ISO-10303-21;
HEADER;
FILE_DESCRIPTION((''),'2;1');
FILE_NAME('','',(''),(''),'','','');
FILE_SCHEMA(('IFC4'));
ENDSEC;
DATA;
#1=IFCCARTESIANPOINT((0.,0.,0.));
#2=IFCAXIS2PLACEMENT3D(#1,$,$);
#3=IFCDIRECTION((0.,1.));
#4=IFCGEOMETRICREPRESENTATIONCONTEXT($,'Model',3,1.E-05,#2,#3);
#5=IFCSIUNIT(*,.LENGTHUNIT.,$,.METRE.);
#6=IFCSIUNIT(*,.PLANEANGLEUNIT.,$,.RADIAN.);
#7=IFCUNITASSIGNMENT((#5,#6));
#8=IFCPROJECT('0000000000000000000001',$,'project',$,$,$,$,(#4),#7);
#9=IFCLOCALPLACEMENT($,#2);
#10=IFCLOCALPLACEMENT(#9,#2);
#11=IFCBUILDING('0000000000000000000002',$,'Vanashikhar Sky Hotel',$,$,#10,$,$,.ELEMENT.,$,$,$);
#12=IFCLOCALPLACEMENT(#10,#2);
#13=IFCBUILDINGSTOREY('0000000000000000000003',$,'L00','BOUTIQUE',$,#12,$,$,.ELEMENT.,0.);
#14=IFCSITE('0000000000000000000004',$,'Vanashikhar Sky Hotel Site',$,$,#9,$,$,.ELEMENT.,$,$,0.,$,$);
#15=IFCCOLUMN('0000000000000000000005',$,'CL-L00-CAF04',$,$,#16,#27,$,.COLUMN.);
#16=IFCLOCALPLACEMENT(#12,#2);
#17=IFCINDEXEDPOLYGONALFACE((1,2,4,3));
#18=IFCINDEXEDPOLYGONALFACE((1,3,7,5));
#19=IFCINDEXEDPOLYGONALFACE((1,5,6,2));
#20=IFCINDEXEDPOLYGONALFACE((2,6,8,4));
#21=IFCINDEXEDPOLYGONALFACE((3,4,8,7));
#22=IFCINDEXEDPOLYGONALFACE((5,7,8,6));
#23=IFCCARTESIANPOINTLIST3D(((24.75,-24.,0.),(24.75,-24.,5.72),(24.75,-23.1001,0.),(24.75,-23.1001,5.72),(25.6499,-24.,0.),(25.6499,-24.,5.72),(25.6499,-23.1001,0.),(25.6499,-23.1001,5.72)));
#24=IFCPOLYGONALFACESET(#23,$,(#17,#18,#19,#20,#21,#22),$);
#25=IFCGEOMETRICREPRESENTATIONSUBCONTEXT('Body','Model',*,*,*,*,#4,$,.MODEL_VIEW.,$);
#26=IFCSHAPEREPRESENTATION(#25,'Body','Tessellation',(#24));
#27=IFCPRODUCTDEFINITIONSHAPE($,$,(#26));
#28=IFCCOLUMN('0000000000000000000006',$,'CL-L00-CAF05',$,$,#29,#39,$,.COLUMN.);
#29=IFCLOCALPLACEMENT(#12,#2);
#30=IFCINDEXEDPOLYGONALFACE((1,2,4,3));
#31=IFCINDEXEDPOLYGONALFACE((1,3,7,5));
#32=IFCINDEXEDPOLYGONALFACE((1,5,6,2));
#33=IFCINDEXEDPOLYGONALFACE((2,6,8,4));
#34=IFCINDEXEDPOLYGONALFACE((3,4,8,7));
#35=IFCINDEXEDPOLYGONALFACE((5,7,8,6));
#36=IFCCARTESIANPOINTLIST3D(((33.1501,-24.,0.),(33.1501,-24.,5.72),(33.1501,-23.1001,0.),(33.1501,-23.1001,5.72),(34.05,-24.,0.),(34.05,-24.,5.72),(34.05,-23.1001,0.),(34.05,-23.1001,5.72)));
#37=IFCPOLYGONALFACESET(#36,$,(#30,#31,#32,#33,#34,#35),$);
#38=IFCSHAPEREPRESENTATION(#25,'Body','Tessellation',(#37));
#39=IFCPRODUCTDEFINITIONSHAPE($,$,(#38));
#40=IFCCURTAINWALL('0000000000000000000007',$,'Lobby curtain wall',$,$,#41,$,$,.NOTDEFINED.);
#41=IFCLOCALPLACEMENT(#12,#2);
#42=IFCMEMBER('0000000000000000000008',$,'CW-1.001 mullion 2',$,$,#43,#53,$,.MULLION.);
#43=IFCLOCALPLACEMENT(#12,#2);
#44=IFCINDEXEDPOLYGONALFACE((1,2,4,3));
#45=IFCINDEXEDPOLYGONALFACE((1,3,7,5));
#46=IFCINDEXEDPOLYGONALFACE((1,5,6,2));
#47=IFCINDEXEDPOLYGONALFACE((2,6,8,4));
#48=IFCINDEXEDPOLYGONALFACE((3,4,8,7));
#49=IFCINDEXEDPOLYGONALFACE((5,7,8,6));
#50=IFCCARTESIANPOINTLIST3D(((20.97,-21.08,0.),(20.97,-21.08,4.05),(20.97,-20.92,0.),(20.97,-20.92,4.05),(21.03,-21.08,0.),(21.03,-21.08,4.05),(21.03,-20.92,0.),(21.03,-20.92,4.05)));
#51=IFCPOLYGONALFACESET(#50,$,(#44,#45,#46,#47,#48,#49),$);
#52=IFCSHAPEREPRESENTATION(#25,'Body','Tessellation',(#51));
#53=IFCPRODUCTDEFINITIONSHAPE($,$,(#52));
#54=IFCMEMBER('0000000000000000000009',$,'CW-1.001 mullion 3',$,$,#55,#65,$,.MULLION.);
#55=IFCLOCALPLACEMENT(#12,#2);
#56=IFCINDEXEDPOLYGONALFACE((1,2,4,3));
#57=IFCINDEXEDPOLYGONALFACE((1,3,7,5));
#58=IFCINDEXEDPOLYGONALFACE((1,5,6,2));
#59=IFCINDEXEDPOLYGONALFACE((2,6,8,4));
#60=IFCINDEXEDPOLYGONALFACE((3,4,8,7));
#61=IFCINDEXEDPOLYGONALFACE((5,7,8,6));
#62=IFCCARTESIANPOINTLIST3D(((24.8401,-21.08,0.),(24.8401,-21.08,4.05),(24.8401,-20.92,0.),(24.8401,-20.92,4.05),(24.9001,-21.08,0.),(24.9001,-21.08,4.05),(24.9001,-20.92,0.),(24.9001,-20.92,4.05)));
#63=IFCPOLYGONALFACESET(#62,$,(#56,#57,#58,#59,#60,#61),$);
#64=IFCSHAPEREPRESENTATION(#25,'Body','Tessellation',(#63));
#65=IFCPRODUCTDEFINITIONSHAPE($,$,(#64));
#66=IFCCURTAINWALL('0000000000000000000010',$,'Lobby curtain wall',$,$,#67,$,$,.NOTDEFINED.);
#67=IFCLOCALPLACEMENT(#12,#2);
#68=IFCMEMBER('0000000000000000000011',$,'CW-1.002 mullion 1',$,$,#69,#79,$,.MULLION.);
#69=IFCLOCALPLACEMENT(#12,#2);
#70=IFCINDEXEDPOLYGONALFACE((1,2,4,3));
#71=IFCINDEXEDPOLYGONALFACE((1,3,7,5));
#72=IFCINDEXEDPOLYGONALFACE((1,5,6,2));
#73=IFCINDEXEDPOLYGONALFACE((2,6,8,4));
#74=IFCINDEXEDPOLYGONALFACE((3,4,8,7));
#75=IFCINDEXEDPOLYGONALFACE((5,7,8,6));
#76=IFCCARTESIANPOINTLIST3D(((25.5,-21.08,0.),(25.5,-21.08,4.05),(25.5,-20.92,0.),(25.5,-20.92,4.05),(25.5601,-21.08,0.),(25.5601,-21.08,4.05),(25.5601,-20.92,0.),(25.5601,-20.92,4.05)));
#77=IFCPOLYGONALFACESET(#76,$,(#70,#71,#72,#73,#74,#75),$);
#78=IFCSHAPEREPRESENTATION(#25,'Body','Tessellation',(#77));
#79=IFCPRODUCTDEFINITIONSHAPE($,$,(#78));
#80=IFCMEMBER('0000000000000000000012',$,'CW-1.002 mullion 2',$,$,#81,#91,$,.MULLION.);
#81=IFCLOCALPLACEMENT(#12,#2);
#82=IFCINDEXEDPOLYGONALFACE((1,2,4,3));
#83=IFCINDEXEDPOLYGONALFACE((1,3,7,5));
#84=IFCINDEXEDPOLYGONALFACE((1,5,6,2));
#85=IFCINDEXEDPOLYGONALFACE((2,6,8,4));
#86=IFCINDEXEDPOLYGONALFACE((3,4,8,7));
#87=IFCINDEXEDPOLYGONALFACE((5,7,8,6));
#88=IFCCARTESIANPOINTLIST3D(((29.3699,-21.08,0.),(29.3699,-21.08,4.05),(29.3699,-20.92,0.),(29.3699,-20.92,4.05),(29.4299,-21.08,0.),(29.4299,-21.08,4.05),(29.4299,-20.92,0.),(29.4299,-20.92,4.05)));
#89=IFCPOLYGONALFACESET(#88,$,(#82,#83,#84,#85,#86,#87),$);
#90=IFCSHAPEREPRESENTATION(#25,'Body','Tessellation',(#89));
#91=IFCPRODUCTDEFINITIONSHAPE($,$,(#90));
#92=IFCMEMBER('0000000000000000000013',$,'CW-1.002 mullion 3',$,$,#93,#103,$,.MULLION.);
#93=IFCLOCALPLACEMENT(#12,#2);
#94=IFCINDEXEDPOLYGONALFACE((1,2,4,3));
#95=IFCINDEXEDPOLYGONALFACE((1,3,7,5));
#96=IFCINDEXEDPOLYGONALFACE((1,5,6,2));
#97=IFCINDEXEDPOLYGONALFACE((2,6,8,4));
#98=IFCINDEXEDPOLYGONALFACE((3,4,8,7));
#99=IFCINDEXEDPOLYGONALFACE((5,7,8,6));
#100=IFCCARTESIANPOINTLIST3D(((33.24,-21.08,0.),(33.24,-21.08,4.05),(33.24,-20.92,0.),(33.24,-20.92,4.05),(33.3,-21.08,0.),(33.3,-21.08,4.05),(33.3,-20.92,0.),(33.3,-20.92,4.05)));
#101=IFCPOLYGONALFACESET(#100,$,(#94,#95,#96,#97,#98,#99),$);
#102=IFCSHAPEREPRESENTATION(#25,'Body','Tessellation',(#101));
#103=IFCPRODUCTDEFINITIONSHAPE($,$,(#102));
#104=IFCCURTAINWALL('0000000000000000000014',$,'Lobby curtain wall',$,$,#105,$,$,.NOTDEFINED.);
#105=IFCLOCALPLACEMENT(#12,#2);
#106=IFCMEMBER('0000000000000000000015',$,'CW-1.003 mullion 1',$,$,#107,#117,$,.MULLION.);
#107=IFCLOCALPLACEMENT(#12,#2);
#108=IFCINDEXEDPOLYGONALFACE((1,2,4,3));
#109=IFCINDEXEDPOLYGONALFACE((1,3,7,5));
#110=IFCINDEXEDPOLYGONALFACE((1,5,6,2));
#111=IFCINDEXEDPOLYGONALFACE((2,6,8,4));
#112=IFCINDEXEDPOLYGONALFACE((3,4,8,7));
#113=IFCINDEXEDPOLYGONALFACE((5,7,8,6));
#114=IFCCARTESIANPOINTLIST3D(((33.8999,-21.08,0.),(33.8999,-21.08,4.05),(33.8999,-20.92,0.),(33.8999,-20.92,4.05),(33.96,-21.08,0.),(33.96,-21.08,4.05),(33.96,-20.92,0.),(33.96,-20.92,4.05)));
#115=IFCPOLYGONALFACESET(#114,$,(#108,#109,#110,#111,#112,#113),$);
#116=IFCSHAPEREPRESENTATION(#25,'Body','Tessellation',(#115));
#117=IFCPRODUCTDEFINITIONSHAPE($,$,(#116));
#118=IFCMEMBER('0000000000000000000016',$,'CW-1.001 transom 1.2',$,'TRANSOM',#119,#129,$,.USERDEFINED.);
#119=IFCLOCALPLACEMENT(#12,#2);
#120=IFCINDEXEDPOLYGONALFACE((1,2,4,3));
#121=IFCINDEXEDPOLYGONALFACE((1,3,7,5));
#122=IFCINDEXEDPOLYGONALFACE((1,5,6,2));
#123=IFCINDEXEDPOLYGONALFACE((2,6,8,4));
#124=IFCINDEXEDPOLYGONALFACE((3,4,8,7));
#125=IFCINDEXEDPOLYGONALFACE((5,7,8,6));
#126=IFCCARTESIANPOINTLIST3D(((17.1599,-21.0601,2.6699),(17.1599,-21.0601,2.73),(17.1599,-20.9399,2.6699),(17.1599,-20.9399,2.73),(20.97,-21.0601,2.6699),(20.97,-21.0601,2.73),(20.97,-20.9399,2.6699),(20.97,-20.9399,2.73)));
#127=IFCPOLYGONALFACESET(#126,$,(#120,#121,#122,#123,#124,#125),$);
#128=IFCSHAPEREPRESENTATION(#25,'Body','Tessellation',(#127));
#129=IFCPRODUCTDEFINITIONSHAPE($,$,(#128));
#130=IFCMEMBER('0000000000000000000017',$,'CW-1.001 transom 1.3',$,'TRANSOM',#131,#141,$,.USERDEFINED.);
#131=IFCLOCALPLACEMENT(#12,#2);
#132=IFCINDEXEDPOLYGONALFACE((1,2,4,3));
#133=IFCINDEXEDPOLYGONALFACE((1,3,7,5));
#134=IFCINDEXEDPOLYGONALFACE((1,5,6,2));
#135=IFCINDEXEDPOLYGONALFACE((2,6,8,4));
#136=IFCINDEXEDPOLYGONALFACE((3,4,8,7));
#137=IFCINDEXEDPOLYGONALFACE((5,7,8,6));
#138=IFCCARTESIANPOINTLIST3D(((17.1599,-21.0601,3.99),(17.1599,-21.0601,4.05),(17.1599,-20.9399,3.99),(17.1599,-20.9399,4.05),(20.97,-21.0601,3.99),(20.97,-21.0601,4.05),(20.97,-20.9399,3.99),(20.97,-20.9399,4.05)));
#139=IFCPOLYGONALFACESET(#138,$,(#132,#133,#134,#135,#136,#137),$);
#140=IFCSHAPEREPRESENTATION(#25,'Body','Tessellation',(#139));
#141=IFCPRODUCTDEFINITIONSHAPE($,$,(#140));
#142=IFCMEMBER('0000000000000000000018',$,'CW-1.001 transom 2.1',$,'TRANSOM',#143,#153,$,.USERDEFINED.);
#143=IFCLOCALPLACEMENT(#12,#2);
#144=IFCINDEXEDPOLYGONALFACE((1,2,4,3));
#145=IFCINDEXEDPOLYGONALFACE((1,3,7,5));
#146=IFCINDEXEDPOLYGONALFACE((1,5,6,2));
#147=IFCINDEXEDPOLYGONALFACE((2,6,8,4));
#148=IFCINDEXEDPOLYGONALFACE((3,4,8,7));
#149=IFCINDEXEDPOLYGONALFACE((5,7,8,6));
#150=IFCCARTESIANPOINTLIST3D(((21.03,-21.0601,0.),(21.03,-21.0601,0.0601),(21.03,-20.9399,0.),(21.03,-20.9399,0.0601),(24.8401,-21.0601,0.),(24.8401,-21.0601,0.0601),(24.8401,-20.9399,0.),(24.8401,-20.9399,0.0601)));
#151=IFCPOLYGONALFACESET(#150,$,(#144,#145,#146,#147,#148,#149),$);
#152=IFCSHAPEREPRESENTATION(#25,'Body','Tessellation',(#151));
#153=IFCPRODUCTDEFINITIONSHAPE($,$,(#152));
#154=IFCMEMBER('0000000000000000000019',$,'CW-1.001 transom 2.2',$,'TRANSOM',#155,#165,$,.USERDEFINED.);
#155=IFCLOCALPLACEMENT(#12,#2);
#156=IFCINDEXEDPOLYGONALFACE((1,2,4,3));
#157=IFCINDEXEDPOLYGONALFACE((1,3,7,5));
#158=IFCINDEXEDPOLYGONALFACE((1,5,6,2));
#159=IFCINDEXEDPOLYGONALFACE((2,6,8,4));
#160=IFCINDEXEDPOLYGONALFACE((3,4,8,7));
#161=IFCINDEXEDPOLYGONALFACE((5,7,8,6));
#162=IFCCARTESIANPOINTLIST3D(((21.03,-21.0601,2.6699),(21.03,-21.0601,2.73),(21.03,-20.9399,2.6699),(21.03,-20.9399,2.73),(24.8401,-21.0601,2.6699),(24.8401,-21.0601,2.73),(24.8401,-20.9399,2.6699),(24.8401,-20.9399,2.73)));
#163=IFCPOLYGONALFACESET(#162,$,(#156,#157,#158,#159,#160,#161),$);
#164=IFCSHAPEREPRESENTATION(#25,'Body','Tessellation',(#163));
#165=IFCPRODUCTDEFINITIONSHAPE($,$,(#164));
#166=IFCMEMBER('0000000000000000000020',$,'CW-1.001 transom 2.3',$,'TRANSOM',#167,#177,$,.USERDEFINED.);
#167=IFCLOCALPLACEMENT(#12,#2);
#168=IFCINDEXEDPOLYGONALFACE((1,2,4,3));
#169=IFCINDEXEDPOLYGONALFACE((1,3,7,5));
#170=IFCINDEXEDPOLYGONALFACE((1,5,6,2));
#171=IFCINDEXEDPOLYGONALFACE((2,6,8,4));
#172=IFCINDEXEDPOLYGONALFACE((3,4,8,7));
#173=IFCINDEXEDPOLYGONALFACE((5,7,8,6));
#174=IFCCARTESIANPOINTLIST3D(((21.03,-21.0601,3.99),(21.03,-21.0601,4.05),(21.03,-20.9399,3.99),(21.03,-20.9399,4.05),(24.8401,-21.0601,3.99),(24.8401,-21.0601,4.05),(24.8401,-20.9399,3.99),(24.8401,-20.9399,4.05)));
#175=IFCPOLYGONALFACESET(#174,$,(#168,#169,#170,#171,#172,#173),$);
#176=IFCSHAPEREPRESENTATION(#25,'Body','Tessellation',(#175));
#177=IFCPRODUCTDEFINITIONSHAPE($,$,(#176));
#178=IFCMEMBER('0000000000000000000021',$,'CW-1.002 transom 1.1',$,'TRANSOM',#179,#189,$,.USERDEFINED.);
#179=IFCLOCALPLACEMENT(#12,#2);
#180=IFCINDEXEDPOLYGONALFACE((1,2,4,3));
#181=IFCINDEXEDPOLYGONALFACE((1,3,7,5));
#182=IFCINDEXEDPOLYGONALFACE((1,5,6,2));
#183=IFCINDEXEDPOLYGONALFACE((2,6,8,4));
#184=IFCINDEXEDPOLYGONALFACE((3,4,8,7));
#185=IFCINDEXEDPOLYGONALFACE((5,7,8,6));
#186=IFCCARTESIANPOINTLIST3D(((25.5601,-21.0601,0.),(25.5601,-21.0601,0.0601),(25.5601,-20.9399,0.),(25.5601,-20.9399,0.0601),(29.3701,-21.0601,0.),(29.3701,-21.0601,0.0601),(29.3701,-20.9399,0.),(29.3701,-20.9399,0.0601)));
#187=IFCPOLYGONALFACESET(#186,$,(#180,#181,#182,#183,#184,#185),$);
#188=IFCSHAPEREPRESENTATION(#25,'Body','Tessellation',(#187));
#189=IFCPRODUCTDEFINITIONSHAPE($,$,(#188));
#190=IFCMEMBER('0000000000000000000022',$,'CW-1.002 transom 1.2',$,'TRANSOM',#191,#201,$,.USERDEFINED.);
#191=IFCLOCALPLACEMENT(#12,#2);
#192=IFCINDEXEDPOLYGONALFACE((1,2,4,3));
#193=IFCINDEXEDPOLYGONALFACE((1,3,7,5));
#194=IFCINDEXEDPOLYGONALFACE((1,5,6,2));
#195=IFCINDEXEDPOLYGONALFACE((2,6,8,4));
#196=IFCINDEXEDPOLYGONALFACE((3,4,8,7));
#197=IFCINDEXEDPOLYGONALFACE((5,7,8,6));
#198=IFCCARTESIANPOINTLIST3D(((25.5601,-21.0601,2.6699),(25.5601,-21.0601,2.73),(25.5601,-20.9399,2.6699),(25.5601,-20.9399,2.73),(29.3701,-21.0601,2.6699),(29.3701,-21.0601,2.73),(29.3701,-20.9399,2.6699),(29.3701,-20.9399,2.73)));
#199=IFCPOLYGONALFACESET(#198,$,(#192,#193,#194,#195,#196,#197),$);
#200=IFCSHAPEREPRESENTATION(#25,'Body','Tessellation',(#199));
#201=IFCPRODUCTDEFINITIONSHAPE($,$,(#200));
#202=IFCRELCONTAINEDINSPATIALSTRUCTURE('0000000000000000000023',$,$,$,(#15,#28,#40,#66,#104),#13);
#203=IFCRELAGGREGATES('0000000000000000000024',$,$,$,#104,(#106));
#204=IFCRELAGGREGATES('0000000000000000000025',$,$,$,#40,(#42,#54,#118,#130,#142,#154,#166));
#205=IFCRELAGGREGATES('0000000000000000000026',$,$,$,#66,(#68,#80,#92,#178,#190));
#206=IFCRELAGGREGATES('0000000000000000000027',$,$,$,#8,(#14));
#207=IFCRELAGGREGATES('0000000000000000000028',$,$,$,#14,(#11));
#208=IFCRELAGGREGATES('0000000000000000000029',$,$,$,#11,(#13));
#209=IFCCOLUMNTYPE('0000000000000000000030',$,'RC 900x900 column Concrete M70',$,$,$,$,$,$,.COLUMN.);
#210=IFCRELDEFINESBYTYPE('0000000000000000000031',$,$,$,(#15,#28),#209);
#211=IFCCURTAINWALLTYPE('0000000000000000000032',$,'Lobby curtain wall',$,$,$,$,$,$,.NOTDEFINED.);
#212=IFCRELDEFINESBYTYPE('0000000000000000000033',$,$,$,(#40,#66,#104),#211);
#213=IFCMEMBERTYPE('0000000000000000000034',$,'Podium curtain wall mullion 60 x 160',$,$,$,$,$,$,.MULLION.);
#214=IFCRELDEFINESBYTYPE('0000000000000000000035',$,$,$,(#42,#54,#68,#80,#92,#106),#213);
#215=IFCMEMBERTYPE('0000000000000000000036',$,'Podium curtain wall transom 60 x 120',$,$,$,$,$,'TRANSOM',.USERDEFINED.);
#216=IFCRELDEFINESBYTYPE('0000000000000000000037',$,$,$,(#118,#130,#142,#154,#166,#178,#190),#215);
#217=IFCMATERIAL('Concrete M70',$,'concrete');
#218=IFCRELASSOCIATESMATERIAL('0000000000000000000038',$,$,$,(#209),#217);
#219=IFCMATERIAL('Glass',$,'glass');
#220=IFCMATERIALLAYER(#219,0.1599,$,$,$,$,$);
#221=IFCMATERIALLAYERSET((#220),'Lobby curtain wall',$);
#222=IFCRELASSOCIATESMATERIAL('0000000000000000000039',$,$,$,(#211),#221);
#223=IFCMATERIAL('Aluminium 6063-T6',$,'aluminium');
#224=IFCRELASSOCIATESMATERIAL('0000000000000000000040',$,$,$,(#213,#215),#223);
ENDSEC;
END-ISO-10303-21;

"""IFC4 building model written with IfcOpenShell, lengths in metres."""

from ifc_helpers import new_model, si_unit, direction, frame, origin, origin_2d, place, context, subcontext, project, spatial, rectangle, extrude, source, transform, mapped, material, layer, layer_set, material_profile, profile_set, type_object, element, aggregate, save


model = new_model("IFC4")

# Units and contexts
model_context = context("Model", 3, precision=1e-05, world=origin(), true_north=direction((0.0, 1.0)))
body_context = subcontext(model_context, "Body", "Model", "MODEL_VIEW")
ifc_project = project(units=[si_unit("LENGTHUNIT", "METRE"), si_unit("PLANEANGLEUNIT", "RADIAN")], contexts=[model_context])

# Site, building, storey
site_placement = place(None, origin())
site = spatial("IfcSite", under=ifc_project, at=site_placement, Name="Vanashikhar Sky Hotel Site", CompositionType="ELEMENT", RefElevation=0.0)
building_placement = place(site_placement, origin())
building = spatial("IfcBuilding", under=site, at=building_placement, Name="Vanashikhar Sky Hotel", CompositionType="ELEMENT")
storey_placement = place(building_placement, origin())
storey = spatial("IfcBuildingStorey", under=building, at=storey_placement, Name="L00", Description="BOUTIQUE", CompositionType="ELEMENT", Elevation=0.0)

# Columns
ifc_material_1 = material(Name="Concrete M70", Category="concrete")
ifc_material_profile_1 = material_profile(ifc_material_1, rectangle(XDim=0.8999, YDim=0.8999, at=origin_2d()))
ifc_profile_set_1 = profile_set([ifc_material_profile_1], Name="RC 900x900 column Concrete M70")
column_type = type_object("IfcColumnType", Name="RC 900x900 column Concrete M70", PredefinedType="COLUMN", material=ifc_profile_set_1)
shared_shape_1 = source(origin(), body_context, "Body", "SweptSolid", [
    extrude(rectangle(XDim=0.8999, YDim=0.8999, at=origin_2d()), origin(), (0.0, 0.0, 1.0), 5.72),
])
for number, where, z_axis, x_axis, name in (
    (1, (25.2, -23.55, 0.0), (0.0, 0.0, 1.0), (1.0, 0.0, 0.0), "CL-L00-CAF04"),
    (2, (33.6001, -23.55, 0.0), (0.0, 0.0, 1.0), (1.0, 0.0, 0.0), "CL-L00-CAF05"),
):
    element("IfcColumn", number, at=place(storey_placement, frame(where, z_axis=z_axis, x_axis=x_axis)), inside=storey, type_object=column_type, Name=name, PredefinedType="COLUMN", context=body_context, shape_type="MappedRepresentation", body=[
        mapped(shared_shape_1, transform((0.0, 0.0, 0.0), scale=1.0)),
    ])

# Curtain walls, members
ifc_material_2 = material(Name="Glass", Category="glass")
ifc_layer_1 = layer(ifc_material_2, 0.1599)
ifc_layer_set_1 = layer_set([ifc_layer_1], Name="Lobby curtain wall")
curtain_wall_type = type_object("IfcCurtainWallType", Name="Lobby curtain wall", PredefinedType="NOTDEFINED", material=ifc_layer_set_1)
curtain_wall_1_placement = place(storey_placement, origin())
curtain_wall_1 = element("IfcCurtainWall", 3, at=curtain_wall_1_placement, inside=storey, type_object=curtain_wall_type, Name="Lobby curtain wall", PredefinedType="NOTDEFINED")
ifc_material_3 = material(Name="Aluminium 6063-T6", Category="aluminium")
ifc_material_profile_2 = material_profile(ifc_material_3, rectangle(XDim=0.1599, YDim=0.0601, at=origin_2d()))
ifc_profile_set_2 = profile_set([ifc_material_profile_2], Name="Aluminium 6063-T6")
member_type_1 = type_object("IfcMemberType", Name="Podium curtain wall mullion 60 x 160", PredefinedType="MULLION", material=ifc_profile_set_2)
shared_shape_2 = source(origin(), body_context, "Body", "SweptSolid", [
    extrude(rectangle(XDim=0.1599, YDim=0.0601, at=origin_2d()), origin(), (0.0, 0.0, 1.0), 4.05),
])
member_1_placement = place(storey_placement, frame((21.0, -21.0, 0.0), z_axis=(0.0, 0.0, 1.0), x_axis=(0.0, 1.0, 0.0)))
member_1 = element("IfcMember", 4, at=member_1_placement, type_object=member_type_1, Name="CW-1.001 mullion 2", PredefinedType="MULLION", context=body_context, shape_type="MappedRepresentation", body=[
    mapped(shared_shape_2, transform((0.0, 0.0, 0.0), scale=1.0)),
])
member_2_placement = place(storey_placement, frame((24.8701, -21.0, 0.0), z_axis=(0.0, 0.0, 1.0), x_axis=(0.0, 1.0, 0.0)))
member_2 = element("IfcMember", 5, at=member_2_placement, type_object=member_type_1, Name="CW-1.001 mullion 3", PredefinedType="MULLION", context=body_context, shape_type="MappedRepresentation", body=[
    mapped(shared_shape_2, transform((0.0, 0.0, 0.0), scale=1.0)),
])
curtain_wall_2_placement = place(storey_placement, origin())
curtain_wall_2 = element("IfcCurtainWall", 6, at=curtain_wall_2_placement, inside=storey, type_object=curtain_wall_type, Name="Lobby curtain wall", PredefinedType="NOTDEFINED")
member_3_placement = place(storey_placement, frame((25.53, -21.0, 0.0), z_axis=(0.0, 0.0, 1.0), x_axis=(0.0, 1.0, 0.0)))
member_3 = element("IfcMember", 7, at=member_3_placement, type_object=member_type_1, Name="CW-1.002 mullion 1", PredefinedType="MULLION", context=body_context, shape_type="MappedRepresentation", body=[
    mapped(shared_shape_2, transform((0.0, 0.0, 0.0), scale=1.0)),
])
member_4_placement = place(storey_placement, frame((29.3999, -21.0, 0.0), z_axis=(0.0, 0.0, 1.0), x_axis=(0.0, 1.0, 0.0)))
member_4 = element("IfcMember", 8, at=member_4_placement, type_object=member_type_1, Name="CW-1.002 mullion 2", PredefinedType="MULLION", context=body_context, shape_type="MappedRepresentation", body=[
    mapped(shared_shape_2, transform((0.0, 0.0, 0.0), scale=1.0)),
])
member_5_placement = place(storey_placement, frame((33.27, -21.0, 0.0), z_axis=(0.0, 0.0, 1.0), x_axis=(0.0, 1.0, 0.0)))
member_5 = element("IfcMember", 9, at=member_5_placement, type_object=member_type_1, Name="CW-1.002 mullion 3", PredefinedType="MULLION", context=body_context, shape_type="MappedRepresentation", body=[
    mapped(shared_shape_2, transform((0.0, 0.0, 0.0), scale=1.0)),
])

# Curtain wall, member
curtain_wall_3_placement = place(storey_placement, origin())
curtain_wall_3 = element("IfcCurtainWall", 10, at=curtain_wall_3_placement, inside=storey, type_object=curtain_wall_type, Name="Lobby curtain wall", PredefinedType="NOTDEFINED")
member_6_placement = place(storey_placement, frame((33.9299, -21.0, 0.0), z_axis=(0.0, 0.0, 1.0), x_axis=(0.0, 1.0, 0.0)))
member_6 = element("IfcMember", 11, at=member_6_placement, type_object=member_type_1, Name="CW-1.003 mullion 1", PredefinedType="MULLION", context=body_context, shape_type="MappedRepresentation", body=[
    mapped(shared_shape_2, transform((0.0, 0.0, 0.0), scale=1.0)),
])

# Members
ifc_material_profile_3 = material_profile(ifc_material_3, rectangle(XDim=0.1201, YDim=0.0601, at=origin_2d()))
ifc_profile_set_3 = profile_set([ifc_material_profile_3], Name="Aluminium 6063-T6")
member_type_2 = type_object("IfcMemberType", Name="Podium curtain wall transom 60 x 120", ElementType="TRANSOM", PredefinedType="USERDEFINED", material=ifc_profile_set_3)
shared_shape_3 = source(origin(), body_context, "Body", "SweptSolid", [
    extrude(rectangle(XDim=0.1201, YDim=0.0601, at=origin_2d()), origin(), (0.0, 0.0, 1.0), 3.8101),
])
member_7_placement = place(storey_placement, frame((17.1599, -21.0, 2.7), z_axis=(1.0, 0.0, 0.0), x_axis=(0.0, 1.0, 0.0)))
member_7 = element("IfcMember", 12, at=member_7_placement, type_object=member_type_2, Name="CW-1.001 transom 1.2", ObjectType="TRANSOM", PredefinedType="USERDEFINED", context=body_context, shape_type="MappedRepresentation", body=[
    mapped(shared_shape_3, transform((0.0, 0.0, 0.0), scale=1.0)),
])
member_8_placement = place(storey_placement, frame((17.1599, -21.0, 4.02), z_axis=(1.0, 0.0, 0.0), x_axis=(0.0, 1.0, 0.0)))
member_8 = element("IfcMember", 13, at=member_8_placement, type_object=member_type_2, Name="CW-1.001 transom 1.3", ObjectType="TRANSOM", PredefinedType="USERDEFINED", context=body_context, shape_type="MappedRepresentation", body=[
    mapped(shared_shape_3, transform((0.0, 0.0, 0.0), scale=1.0)),
])
member_9_placement = place(storey_placement, frame((21.03, -21.0, 0.03), z_axis=(1.0, 0.0, 0.0), x_axis=(0.0, 1.0, 0.0)))
member_9 = element("IfcMember", 14, at=member_9_placement, type_object=member_type_2, Name="CW-1.001 transom 2.1", ObjectType="TRANSOM", PredefinedType="USERDEFINED", context=body_context, shape_type="MappedRepresentation", body=[
    mapped(shared_shape_3, transform((0.0, 0.0, 0.0), scale=1.0)),
])
member_10_placement = place(storey_placement, frame((21.03, -21.0, 2.7), z_axis=(1.0, 0.0, 0.0), x_axis=(0.0, 1.0, 0.0)))
member_10 = element("IfcMember", 15, at=member_10_placement, type_object=member_type_2, Name="CW-1.001 transom 2.2", ObjectType="TRANSOM", PredefinedType="USERDEFINED", context=body_context, shape_type="MappedRepresentation", body=[
    mapped(shared_shape_3, transform((0.0, 0.0, 0.0), scale=1.0)),
])
member_11_placement = place(storey_placement, frame((21.03, -21.0, 4.02), z_axis=(1.0, 0.0, 0.0), x_axis=(0.0, 1.0, 0.0)))
member_11 = element("IfcMember", 16, at=member_11_placement, type_object=member_type_2, Name="CW-1.001 transom 2.3", ObjectType="TRANSOM", PredefinedType="USERDEFINED", context=body_context, shape_type="MappedRepresentation", body=[
    mapped(shared_shape_3, transform((0.0, 0.0, 0.0), scale=1.0)),
])
member_12_placement = place(storey_placement, frame((25.5601, -21.0, 0.03), z_axis=(1.0, 0.0, 0.0), x_axis=(0.0, 1.0, 0.0)))
member_12 = element("IfcMember", 17, at=member_12_placement, type_object=member_type_2, Name="CW-1.002 transom 1.1", ObjectType="TRANSOM", PredefinedType="USERDEFINED", context=body_context, shape_type="MappedRepresentation", body=[
    mapped(shared_shape_3, transform((0.0, 0.0, 0.0), scale=1.0)),
])
member_13_placement = place(storey_placement, frame((25.5601, -21.0, 2.7), z_axis=(1.0, 0.0, 0.0), x_axis=(0.0, 1.0, 0.0)))
member_13 = element("IfcMember", 18, at=member_13_placement, type_object=member_type_2, Name="CW-1.002 transom 1.2", ObjectType="TRANSOM", PredefinedType="USERDEFINED", context=body_context, shape_type="MappedRepresentation", body=[
    mapped(shared_shape_3, transform((0.0, 0.0, 0.0), scale=1.0)),
])
aggregate(curtain_wall_3, [member_6])

aggregate(curtain_wall_1, [member_1, member_2, member_7, member_8, member_9, member_10, member_11])
aggregate(curtain_wall_2, [member_3, member_4, member_5, member_12, member_13])

save(model, "model.ifc")
